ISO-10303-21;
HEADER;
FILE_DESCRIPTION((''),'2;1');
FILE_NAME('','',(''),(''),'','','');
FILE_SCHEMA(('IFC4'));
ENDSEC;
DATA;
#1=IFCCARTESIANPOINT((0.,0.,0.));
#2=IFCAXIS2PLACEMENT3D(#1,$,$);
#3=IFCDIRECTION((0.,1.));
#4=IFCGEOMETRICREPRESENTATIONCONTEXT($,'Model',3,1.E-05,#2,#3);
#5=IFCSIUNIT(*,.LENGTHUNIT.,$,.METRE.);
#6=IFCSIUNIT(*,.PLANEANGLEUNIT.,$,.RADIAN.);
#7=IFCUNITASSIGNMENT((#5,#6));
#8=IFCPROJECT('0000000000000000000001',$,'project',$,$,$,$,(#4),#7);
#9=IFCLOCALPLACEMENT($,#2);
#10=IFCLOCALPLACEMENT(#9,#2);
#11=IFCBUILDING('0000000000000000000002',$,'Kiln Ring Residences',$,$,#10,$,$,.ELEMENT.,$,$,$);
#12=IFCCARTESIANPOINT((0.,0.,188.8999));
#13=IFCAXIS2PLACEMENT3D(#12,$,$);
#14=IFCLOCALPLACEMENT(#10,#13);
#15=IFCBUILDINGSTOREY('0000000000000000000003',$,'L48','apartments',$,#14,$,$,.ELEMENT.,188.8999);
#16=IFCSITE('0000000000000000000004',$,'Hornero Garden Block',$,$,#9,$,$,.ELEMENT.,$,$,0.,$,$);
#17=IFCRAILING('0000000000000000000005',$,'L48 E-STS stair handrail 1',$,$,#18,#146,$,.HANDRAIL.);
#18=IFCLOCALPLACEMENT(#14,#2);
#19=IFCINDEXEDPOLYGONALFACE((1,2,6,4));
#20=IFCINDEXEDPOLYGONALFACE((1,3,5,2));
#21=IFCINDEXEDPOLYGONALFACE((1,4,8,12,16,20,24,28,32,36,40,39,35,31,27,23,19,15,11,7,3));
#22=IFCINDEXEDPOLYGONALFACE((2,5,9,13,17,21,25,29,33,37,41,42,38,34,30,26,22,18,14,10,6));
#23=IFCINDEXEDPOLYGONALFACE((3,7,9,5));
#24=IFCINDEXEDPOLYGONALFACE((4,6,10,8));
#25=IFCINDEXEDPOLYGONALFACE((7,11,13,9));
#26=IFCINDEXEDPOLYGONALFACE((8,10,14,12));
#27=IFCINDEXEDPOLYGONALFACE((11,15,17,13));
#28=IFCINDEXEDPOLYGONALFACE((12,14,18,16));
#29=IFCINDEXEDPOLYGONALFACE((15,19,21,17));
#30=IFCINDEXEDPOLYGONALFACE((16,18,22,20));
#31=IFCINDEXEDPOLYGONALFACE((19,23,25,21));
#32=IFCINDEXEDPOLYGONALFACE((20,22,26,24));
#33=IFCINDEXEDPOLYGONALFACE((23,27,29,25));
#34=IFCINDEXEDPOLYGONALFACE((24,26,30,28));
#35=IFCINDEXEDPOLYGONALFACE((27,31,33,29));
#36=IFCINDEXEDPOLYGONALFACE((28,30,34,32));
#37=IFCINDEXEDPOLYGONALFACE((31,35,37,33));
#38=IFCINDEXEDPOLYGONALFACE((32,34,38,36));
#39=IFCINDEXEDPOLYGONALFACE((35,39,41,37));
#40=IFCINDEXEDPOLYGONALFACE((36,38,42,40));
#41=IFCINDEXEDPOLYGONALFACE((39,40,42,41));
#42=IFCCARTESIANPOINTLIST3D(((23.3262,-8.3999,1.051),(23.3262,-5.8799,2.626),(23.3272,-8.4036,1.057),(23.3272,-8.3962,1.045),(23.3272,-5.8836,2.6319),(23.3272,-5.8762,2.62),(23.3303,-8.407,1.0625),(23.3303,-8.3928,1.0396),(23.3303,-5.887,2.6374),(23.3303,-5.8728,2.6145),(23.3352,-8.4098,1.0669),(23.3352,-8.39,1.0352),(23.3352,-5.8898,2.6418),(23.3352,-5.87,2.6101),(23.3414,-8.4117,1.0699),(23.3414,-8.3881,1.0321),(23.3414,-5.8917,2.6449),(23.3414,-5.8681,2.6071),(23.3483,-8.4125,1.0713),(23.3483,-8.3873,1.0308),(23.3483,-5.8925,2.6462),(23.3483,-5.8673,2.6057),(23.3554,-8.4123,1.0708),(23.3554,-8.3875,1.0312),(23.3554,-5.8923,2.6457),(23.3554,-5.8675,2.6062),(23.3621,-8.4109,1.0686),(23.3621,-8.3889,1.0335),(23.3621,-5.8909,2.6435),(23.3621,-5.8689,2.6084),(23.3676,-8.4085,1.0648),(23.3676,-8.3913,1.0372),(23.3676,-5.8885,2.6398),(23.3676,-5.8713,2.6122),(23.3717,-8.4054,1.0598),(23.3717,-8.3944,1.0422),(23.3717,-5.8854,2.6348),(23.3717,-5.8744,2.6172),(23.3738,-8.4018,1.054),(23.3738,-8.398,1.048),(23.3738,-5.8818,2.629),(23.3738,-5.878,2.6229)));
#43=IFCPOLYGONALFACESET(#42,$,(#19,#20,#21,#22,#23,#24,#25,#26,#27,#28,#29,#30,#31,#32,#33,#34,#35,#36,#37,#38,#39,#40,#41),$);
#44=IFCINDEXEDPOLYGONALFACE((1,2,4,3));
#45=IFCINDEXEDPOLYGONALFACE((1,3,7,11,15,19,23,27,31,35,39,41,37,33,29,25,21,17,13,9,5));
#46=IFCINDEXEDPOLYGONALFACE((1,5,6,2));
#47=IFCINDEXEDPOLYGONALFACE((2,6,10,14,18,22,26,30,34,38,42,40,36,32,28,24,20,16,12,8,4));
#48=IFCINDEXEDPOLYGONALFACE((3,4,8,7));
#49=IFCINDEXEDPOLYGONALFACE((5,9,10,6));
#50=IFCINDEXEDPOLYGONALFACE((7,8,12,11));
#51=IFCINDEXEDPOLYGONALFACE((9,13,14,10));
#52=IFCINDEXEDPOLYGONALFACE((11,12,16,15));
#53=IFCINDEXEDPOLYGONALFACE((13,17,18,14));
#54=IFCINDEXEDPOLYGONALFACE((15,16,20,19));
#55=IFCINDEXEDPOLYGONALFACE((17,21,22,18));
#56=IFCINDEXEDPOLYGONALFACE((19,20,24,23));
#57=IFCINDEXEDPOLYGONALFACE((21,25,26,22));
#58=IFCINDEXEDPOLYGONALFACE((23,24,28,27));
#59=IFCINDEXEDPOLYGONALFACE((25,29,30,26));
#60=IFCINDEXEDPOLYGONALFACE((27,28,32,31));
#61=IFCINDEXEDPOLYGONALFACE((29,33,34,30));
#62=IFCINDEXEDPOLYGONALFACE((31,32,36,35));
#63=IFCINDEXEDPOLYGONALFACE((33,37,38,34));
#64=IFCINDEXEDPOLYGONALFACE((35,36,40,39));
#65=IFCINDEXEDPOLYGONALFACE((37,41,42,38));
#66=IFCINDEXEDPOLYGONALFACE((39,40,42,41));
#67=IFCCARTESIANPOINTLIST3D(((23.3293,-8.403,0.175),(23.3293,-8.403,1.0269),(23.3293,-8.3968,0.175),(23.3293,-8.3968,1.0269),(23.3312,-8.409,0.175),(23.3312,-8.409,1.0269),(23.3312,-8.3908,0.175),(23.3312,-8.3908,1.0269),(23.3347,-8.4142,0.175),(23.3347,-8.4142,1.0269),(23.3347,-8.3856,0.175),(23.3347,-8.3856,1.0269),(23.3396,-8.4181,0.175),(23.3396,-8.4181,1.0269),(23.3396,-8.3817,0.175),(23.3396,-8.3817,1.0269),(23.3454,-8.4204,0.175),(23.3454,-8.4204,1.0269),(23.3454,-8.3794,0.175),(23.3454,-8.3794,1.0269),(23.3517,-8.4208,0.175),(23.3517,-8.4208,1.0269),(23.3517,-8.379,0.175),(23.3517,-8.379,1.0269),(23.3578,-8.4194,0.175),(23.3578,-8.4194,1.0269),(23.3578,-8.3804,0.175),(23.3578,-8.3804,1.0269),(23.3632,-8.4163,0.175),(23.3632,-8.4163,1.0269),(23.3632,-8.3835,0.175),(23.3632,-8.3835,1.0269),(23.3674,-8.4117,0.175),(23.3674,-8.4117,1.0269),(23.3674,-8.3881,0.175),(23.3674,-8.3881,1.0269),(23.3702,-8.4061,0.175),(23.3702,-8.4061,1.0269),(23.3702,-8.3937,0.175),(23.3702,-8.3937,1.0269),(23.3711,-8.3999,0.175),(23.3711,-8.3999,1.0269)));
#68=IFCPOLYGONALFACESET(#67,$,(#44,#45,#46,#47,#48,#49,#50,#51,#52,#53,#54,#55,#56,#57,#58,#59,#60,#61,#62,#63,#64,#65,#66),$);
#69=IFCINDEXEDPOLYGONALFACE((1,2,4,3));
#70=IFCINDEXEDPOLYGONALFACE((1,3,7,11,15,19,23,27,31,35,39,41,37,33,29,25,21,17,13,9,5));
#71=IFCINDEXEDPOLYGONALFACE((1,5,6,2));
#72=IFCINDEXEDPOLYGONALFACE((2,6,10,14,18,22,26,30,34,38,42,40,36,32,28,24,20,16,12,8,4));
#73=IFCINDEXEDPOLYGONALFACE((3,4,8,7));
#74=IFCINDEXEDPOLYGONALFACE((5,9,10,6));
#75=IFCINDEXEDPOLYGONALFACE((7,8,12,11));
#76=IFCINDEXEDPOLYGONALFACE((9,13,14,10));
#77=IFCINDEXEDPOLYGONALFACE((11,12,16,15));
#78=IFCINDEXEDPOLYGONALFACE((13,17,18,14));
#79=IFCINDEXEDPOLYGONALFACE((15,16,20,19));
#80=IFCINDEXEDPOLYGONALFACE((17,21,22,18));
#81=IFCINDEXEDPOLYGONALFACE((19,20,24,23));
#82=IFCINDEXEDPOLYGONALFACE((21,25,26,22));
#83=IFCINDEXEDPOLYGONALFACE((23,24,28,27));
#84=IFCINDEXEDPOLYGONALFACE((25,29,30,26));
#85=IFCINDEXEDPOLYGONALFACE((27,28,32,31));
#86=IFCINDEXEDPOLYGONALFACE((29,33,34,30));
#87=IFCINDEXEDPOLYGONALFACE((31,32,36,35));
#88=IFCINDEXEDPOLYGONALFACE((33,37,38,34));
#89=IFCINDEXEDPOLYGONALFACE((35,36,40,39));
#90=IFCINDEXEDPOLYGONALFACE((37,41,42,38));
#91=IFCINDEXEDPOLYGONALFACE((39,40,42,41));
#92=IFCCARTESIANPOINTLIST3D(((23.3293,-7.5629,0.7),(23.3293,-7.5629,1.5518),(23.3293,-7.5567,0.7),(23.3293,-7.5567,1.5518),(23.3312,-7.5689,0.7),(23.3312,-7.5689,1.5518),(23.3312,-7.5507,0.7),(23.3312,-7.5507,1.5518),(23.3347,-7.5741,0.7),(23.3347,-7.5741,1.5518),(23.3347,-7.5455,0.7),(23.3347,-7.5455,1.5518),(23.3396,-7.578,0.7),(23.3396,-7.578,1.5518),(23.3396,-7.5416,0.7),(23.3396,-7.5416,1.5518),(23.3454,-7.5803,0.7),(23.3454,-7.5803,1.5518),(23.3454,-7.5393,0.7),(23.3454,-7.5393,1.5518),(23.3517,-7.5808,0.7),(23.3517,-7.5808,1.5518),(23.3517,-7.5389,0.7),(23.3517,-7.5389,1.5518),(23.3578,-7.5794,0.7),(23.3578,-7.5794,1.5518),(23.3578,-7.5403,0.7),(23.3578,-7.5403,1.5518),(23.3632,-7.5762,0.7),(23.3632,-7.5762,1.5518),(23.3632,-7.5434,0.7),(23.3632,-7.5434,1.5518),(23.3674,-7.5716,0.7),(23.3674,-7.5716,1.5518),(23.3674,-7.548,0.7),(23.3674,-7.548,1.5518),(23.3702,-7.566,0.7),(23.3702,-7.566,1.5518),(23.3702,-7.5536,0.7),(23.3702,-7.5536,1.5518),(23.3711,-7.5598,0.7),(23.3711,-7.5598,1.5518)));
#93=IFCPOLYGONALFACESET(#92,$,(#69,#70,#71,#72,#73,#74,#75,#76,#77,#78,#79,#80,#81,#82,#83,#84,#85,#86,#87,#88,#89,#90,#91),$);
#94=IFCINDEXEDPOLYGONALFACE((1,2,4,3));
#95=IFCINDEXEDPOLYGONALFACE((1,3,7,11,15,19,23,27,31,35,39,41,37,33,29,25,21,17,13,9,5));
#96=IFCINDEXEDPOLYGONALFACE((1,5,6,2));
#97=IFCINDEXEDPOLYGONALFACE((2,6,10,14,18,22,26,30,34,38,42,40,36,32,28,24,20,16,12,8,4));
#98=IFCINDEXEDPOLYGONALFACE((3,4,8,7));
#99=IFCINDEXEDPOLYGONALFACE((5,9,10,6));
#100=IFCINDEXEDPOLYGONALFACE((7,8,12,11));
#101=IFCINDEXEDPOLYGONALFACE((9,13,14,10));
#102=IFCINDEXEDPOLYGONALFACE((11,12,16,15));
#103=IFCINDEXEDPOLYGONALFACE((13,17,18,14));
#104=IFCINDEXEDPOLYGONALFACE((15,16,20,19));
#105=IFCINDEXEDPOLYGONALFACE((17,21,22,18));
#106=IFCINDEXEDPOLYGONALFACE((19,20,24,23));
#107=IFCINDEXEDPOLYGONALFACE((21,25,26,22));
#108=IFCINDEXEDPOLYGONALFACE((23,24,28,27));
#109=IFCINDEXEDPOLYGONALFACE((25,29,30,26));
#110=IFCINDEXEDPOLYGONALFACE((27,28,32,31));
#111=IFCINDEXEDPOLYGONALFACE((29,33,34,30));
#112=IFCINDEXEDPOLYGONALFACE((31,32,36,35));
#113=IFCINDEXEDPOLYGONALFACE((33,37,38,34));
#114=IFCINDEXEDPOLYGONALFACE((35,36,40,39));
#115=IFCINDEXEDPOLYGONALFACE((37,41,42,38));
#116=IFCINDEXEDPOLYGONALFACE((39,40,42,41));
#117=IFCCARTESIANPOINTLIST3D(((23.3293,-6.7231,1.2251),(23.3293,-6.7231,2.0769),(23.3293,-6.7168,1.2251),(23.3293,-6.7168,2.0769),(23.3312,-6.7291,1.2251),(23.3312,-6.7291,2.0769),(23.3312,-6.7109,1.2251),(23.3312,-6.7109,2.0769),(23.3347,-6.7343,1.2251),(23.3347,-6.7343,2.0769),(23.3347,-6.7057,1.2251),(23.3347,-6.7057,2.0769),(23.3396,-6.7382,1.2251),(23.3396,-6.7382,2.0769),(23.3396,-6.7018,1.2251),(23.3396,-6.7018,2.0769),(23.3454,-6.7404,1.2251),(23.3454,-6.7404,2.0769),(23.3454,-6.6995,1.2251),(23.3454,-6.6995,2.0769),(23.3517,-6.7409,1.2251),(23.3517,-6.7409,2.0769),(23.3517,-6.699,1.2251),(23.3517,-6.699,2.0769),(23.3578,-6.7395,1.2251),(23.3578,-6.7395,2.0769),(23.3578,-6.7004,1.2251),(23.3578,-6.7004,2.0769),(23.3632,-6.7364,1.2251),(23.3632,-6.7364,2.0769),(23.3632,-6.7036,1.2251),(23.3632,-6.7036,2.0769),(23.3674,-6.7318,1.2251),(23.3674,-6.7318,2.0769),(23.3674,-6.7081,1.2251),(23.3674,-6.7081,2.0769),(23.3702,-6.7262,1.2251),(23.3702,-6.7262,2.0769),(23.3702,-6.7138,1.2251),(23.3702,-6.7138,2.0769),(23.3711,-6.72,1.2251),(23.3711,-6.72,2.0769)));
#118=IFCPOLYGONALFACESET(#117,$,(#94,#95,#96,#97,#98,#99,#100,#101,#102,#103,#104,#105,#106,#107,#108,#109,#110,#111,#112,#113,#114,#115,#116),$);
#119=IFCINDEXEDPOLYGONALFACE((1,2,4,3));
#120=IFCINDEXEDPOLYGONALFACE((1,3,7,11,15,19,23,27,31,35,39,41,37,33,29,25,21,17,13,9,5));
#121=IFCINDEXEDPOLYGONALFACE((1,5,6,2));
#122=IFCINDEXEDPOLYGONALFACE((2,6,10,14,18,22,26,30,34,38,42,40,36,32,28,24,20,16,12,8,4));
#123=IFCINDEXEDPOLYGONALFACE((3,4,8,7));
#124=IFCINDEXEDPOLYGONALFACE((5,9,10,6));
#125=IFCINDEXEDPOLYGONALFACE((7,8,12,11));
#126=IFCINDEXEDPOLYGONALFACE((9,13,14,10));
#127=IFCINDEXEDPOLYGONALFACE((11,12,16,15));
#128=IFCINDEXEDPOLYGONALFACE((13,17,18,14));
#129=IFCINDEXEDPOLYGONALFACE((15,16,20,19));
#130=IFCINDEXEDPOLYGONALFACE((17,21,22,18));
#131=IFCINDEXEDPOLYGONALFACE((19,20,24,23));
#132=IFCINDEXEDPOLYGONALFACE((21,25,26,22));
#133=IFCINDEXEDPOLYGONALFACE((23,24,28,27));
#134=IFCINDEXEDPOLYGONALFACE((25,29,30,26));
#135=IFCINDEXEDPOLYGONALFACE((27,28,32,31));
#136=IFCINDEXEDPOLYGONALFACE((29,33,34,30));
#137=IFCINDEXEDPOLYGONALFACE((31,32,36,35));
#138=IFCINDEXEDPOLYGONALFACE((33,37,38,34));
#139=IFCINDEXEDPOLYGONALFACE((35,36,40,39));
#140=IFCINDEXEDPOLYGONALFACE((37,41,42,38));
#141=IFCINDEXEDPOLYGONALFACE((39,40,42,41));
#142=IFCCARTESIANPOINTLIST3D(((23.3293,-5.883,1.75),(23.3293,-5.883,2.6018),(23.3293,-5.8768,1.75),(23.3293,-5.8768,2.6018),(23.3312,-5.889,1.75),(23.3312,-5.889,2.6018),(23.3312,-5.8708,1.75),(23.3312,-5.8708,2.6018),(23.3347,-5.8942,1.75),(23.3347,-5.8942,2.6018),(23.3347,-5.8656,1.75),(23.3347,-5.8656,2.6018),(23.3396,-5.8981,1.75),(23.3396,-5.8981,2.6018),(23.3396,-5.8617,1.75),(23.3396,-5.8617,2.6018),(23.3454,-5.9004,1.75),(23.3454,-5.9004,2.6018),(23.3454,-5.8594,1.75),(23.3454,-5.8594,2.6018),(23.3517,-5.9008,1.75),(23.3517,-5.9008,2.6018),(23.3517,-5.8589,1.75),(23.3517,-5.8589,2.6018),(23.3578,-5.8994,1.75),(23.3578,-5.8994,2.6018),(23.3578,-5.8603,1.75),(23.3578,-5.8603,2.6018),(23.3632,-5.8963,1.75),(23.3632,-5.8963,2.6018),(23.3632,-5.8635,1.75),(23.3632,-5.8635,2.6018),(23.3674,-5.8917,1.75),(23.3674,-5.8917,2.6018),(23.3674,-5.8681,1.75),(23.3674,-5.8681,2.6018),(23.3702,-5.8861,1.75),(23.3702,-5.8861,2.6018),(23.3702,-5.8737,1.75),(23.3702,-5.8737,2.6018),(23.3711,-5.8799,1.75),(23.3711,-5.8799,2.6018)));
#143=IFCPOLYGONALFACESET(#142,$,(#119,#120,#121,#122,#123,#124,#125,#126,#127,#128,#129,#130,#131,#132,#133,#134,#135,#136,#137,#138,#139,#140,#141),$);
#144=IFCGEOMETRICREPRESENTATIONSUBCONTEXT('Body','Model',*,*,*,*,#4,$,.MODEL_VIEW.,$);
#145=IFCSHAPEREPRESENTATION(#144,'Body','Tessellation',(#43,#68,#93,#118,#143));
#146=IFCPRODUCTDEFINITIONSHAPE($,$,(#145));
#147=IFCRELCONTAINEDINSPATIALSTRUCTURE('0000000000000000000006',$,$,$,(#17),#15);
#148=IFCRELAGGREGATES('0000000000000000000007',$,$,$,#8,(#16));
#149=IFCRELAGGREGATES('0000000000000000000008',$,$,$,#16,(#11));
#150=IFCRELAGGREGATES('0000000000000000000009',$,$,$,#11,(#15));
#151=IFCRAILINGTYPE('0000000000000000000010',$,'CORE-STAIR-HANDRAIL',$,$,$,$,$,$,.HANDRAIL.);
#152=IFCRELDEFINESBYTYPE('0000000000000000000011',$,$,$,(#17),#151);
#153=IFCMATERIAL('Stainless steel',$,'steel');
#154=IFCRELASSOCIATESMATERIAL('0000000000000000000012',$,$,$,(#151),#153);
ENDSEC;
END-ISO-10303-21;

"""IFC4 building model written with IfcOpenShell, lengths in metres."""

from ifc_helpers import new_model, si_unit, direction, frame, origin, origin_2d, place, context, subcontext, project, spatial, circle, extrude, material, type_object, element, save


model = new_model("IFC4")

# Units and contexts
model_context = context("Model", 3, precision=1e-05, world=origin(), true_north=direction((0.0, 1.0)))
body_context = subcontext(model_context, "Body", "Model", "MODEL_VIEW")
ifc_project = project(units=[si_unit("LENGTHUNIT", "METRE"), si_unit("PLANEANGLEUNIT", "RADIAN")], contexts=[model_context])

# Site, building, storey
site_placement = place(None, origin())
site = spatial("IfcSite", under=ifc_project, at=site_placement, Name="Hornero Garden Block", CompositionType="ELEMENT", RefElevation=0.0)
building_placement = place(site_placement, origin())
building = spatial("IfcBuilding", under=site, at=building_placement, Name="Kiln Ring Residences", CompositionType="ELEMENT")
storey_placement = place(building_placement, frame((0.0, 0.0, 188.8999)))
storey = spatial("IfcBuildingStorey", under=building, at=storey_placement, Name="L48", Description="apartments", CompositionType="ELEMENT", Elevation=188.8999)

# Railing
ifc_material_1 = material(Name="Stainless steel", Category="steel")
railing_type_1 = type_object("IfcRailingType", Name="CORE-STAIR-HANDRAIL", PredefinedType="HANDRAIL", material=ifc_material_1)
railing_1_placement = place(storey_placement, frame((23.3501, -8.3999, 0.175)))
element("IfcRailing", 1, at=railing_1_placement, inside=storey, type_object=railing_type_1, Name="L48 E-STS stair handrail 1", PredefinedType="HANDRAIL", context=body_context, shape_type="SweptSolid", body=[
    extrude(circle(Radius=0.0239, at=origin_2d()), frame((0.0, 0.0, 0.876), z_axis=(0.0, 0.848008, 0.529984), x_axis=(-1.0, 0.0, 0.0)), (0.0, 0.0, 1.0), 2.9717),
    extrude(circle(Radius=0.021, at=origin_2d()), origin(), (0.0, 0.0, 1.0), 0.8518),
    extrude(circle(Radius=0.021, at=origin_2d()), frame((0.0, 0.8401, 0.5249)), (0.0, 0.0, 1.0), 0.8518),
    extrude(circle(Radius=0.021, at=origin_2d()), frame((0.0, 1.6799, 1.05)), (0.0, 0.0, 1.0), 0.8518),
    extrude(circle(Radius=0.021, at=origin_2d()), frame((0.0, 2.52, 1.575)), (0.0, 0.0, 1.0), 0.8518),
])

save(model, "model.ifc")
